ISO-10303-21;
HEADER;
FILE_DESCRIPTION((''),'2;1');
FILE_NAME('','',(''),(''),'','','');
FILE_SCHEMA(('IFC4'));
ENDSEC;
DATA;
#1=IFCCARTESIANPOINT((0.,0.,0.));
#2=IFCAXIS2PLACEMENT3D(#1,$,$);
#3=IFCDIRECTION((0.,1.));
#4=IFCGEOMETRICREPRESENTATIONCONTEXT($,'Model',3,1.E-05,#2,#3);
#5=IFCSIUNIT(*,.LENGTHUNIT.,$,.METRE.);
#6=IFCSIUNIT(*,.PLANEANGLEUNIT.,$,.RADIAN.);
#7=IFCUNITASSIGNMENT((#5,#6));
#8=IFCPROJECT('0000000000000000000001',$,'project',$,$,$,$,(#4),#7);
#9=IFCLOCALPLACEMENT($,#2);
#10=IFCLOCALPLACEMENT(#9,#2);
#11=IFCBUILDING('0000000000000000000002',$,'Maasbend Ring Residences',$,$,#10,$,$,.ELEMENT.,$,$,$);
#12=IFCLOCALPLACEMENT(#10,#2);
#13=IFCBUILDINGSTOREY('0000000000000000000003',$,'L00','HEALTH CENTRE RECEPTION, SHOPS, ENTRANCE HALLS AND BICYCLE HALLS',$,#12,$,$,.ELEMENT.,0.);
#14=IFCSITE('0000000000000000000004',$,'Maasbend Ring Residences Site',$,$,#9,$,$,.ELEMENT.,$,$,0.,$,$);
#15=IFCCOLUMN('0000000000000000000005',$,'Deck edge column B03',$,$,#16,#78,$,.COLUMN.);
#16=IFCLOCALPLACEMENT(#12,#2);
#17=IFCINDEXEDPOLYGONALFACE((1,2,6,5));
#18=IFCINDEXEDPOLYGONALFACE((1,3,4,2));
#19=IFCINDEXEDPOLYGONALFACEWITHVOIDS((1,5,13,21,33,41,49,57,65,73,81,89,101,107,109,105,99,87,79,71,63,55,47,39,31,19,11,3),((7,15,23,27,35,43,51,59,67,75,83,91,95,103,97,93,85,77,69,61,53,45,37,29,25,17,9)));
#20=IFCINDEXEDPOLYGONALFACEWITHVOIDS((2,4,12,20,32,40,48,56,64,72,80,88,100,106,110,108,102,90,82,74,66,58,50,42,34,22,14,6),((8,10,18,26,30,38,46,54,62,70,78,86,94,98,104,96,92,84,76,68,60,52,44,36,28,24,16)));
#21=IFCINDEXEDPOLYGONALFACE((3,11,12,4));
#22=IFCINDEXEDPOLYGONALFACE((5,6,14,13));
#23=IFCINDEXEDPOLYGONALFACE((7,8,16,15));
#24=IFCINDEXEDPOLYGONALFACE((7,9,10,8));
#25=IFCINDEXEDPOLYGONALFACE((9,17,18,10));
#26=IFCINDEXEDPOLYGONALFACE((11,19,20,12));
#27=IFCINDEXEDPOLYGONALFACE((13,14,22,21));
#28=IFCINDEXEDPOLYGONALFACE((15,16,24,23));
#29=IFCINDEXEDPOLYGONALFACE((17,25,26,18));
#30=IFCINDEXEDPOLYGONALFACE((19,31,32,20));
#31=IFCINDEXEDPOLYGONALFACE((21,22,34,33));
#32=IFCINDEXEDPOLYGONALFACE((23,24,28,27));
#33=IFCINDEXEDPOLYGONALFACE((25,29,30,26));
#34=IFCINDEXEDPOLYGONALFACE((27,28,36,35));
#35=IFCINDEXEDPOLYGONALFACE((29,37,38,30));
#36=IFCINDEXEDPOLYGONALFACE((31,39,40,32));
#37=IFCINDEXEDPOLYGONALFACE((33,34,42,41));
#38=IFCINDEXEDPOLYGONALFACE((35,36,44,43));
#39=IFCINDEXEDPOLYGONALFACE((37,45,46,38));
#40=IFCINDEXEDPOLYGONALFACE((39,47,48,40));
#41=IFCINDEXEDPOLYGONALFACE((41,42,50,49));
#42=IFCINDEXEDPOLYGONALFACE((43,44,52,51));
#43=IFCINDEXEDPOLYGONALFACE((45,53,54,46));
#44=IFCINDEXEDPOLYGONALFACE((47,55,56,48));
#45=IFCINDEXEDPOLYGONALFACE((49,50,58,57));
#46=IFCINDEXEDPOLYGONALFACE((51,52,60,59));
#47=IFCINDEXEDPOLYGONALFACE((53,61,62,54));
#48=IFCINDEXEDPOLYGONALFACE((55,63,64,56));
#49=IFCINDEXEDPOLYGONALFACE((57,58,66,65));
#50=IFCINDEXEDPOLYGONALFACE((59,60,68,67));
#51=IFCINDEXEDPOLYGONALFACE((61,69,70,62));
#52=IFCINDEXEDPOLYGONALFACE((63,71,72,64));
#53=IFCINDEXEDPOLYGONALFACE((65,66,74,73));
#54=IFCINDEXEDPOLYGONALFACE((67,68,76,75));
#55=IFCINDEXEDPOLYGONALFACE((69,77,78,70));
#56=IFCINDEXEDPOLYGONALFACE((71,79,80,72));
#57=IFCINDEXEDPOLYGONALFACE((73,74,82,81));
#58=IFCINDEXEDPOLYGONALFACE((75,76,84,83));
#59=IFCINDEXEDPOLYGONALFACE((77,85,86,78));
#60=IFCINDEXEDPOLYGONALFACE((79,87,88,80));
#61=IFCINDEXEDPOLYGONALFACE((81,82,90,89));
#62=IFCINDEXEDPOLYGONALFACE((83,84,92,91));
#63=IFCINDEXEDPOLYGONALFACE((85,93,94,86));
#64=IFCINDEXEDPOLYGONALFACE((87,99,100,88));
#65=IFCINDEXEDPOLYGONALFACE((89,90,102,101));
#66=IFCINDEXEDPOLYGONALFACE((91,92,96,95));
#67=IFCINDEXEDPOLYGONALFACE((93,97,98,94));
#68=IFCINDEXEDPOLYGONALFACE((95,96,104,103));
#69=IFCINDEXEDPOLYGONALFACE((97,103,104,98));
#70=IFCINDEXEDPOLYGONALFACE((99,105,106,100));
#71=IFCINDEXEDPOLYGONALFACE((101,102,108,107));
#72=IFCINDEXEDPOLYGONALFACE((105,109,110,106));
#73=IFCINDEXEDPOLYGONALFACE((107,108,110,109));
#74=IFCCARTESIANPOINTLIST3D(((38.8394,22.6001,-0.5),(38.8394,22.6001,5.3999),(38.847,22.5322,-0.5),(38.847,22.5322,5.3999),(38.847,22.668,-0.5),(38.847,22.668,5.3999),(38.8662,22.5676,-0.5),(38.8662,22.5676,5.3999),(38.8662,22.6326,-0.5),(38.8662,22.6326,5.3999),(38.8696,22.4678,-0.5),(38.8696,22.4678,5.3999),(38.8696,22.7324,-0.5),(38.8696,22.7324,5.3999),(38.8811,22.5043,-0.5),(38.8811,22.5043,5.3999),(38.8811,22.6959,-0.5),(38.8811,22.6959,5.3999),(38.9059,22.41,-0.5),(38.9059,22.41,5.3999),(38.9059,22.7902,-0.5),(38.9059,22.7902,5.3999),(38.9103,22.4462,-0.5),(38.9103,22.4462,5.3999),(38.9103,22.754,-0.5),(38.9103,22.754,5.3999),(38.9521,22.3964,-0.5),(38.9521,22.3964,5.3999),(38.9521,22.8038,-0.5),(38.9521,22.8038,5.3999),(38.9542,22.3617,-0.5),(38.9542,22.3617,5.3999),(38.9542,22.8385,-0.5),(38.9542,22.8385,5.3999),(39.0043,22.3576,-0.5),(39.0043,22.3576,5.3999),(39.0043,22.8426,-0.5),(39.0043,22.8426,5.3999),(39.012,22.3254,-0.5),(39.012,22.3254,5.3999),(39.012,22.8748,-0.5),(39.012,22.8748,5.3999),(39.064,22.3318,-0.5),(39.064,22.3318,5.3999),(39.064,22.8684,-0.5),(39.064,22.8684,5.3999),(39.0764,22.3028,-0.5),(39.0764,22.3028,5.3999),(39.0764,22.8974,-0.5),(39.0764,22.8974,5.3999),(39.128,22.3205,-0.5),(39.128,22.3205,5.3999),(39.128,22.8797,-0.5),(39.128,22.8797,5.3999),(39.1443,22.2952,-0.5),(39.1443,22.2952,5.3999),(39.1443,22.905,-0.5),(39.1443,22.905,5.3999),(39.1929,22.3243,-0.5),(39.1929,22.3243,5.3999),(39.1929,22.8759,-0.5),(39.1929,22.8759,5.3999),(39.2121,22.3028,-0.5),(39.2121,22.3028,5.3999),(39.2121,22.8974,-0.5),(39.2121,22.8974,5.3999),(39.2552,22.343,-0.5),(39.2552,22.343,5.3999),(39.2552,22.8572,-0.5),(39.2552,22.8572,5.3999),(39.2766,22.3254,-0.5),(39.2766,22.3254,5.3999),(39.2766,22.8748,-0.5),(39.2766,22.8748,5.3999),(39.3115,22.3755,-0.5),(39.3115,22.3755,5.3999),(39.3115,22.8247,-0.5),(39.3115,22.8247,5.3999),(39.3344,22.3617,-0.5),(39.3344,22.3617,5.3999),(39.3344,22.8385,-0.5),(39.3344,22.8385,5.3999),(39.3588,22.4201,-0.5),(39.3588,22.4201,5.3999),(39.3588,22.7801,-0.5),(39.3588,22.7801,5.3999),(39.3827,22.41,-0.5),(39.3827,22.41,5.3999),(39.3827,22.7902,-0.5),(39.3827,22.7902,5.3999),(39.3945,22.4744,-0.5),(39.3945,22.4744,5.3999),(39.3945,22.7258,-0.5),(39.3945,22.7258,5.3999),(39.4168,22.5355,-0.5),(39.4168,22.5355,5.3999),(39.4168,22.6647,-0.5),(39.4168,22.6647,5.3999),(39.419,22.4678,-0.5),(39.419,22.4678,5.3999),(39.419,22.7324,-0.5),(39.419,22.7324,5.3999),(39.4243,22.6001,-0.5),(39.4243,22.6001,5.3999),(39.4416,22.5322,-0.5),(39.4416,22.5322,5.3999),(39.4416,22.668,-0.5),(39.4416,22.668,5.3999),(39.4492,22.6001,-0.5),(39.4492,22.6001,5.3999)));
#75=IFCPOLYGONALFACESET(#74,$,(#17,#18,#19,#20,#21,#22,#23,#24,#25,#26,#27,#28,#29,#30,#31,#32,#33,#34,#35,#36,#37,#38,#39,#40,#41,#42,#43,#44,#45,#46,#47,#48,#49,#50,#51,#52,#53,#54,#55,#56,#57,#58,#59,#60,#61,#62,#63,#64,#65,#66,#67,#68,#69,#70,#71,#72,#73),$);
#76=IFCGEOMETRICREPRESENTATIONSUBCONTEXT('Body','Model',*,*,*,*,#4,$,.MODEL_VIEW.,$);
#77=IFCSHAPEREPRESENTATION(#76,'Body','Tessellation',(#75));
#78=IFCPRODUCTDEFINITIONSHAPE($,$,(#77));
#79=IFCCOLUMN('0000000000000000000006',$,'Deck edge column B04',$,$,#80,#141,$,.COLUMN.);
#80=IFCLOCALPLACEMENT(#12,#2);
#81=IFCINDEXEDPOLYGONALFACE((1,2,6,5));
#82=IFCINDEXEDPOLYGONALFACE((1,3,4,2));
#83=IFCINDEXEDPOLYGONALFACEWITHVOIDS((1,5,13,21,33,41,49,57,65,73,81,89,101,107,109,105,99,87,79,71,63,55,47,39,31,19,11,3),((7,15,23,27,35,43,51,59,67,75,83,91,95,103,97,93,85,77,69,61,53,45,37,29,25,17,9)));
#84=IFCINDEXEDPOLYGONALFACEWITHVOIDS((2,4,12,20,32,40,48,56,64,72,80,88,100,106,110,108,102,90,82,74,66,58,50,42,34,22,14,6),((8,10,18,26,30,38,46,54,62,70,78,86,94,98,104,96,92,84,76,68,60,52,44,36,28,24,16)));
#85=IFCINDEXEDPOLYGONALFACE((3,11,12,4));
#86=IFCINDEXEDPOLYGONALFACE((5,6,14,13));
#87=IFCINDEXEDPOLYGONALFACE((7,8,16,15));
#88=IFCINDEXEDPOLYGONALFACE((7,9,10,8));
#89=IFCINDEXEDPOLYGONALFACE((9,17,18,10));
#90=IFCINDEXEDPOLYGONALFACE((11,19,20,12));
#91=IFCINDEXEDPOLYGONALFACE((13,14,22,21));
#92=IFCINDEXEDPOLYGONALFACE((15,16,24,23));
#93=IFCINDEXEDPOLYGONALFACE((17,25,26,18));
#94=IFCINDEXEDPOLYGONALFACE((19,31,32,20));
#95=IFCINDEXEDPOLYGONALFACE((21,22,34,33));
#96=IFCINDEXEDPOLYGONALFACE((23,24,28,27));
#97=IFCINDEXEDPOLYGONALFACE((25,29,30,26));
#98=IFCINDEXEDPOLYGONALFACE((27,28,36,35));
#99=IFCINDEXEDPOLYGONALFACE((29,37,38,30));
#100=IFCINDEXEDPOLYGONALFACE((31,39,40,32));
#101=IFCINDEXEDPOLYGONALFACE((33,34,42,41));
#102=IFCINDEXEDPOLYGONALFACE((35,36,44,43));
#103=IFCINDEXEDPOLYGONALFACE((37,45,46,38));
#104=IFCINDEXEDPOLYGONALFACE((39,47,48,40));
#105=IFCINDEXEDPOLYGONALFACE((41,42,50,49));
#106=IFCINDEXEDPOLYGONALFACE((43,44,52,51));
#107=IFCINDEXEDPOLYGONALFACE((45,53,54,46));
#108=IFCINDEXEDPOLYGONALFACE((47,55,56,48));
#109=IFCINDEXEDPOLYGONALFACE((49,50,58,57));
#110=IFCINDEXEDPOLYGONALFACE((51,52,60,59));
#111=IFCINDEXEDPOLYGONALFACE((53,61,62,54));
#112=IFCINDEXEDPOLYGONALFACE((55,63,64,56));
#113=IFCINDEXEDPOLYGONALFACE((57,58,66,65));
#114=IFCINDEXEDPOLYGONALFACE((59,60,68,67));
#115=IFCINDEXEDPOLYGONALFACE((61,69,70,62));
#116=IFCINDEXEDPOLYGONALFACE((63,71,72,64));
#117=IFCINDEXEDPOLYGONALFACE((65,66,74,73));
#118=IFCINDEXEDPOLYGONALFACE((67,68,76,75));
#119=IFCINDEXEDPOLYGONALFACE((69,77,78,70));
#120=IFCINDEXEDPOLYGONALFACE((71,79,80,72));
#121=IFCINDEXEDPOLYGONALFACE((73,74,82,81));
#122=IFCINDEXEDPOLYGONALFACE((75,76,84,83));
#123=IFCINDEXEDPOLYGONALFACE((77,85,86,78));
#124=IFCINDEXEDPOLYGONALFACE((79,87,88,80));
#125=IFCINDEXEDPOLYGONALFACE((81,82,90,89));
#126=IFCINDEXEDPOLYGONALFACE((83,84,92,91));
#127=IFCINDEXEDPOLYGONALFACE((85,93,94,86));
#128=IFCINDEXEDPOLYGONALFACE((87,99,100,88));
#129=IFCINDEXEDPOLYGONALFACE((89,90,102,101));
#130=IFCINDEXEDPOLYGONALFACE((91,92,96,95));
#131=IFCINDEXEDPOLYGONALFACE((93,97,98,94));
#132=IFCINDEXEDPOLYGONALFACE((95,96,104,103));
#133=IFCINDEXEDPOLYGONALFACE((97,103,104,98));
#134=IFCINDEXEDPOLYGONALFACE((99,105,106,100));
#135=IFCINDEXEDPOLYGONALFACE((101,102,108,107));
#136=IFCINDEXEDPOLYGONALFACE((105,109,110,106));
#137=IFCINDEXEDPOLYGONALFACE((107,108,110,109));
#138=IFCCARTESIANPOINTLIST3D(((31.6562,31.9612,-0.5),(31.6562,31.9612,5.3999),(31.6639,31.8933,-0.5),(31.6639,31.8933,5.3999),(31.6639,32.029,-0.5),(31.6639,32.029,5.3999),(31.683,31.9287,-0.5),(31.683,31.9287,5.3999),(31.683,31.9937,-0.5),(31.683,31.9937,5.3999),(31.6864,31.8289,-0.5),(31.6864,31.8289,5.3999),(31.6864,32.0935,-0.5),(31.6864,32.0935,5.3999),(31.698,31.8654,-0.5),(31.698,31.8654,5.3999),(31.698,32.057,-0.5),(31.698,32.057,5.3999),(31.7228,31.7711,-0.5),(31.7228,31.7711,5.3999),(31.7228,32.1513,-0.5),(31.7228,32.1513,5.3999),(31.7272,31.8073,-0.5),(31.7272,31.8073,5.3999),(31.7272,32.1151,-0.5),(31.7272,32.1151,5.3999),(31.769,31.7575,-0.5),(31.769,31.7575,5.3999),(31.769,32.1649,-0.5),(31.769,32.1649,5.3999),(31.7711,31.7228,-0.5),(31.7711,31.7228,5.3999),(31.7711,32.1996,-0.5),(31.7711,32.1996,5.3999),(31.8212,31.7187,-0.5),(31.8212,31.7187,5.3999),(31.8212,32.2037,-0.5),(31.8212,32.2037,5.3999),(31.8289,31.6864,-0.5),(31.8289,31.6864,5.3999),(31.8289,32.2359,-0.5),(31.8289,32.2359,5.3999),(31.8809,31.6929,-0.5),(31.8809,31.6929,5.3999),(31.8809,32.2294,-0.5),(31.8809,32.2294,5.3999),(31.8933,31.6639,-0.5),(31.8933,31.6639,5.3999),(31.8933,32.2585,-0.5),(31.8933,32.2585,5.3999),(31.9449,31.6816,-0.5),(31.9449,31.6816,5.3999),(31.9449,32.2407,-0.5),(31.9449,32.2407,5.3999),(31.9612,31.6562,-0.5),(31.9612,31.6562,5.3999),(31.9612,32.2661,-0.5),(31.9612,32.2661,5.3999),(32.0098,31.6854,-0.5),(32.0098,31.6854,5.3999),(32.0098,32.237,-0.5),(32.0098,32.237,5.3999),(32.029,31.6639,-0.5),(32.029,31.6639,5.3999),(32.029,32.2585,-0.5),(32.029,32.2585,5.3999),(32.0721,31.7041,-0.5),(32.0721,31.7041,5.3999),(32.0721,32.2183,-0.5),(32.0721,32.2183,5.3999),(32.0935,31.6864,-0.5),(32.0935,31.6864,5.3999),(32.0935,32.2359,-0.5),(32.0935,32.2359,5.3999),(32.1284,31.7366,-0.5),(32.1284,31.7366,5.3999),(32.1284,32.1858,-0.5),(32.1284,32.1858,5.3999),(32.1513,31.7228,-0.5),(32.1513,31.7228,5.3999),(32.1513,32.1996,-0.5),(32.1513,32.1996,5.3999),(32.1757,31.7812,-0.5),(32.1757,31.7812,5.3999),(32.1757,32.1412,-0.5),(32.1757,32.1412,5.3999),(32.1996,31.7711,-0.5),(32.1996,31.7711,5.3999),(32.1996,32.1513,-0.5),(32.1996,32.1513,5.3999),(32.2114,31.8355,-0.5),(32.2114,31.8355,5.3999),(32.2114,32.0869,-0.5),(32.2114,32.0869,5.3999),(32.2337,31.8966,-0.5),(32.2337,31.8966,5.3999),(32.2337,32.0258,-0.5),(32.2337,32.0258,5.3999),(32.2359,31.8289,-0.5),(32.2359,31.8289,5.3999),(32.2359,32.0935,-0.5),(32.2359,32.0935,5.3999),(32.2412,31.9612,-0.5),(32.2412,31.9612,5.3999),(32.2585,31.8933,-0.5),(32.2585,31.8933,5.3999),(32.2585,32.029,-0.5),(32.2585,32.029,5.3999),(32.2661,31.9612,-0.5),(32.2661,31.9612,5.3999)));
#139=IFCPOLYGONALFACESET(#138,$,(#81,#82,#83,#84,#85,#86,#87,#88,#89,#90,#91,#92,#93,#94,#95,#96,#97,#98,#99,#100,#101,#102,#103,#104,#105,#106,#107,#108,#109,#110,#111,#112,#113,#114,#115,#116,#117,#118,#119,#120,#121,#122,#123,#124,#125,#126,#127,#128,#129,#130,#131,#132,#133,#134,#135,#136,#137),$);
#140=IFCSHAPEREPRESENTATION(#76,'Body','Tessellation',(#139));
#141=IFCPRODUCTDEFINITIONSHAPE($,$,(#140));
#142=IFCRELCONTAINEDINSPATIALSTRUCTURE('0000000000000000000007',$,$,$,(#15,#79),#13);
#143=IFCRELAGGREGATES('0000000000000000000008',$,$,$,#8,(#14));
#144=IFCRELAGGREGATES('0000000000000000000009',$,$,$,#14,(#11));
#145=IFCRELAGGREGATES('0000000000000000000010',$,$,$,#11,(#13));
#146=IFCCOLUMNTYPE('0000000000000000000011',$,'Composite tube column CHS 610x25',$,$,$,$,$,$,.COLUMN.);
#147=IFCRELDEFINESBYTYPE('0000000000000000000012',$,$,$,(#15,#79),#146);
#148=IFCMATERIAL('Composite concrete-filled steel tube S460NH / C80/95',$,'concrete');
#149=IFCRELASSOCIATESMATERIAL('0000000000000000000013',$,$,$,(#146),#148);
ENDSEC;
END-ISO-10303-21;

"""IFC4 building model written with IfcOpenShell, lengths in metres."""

from ifc_helpers import new_model, si_unit, direction, frame, origin, origin_2d, place, context, subcontext, project, spatial, hollow_circle, extrude, material, material_profile, profile_set, type_object, element, save


model = new_model("IFC4")

# Units and contexts
model_context = context("Model", 3, precision=1e-05, world=origin(), true_north=direction((0.0, 1.0)))
body_context = subcontext(model_context, "Body", "Model", "MODEL_VIEW")
ifc_project = project(units=[si_unit("LENGTHUNIT", "METRE"), si_unit("PLANEANGLEUNIT", "RADIAN")], contexts=[model_context])

# Site, building, storey
site_placement = place(None, origin())
site = spatial("IfcSite", under=ifc_project, at=site_placement, Name="Maasbend Ring Residences Site", CompositionType="ELEMENT", RefElevation=0.0)
building_placement = place(site_placement, origin())
building = spatial("IfcBuilding", under=site, at=building_placement, Name="Maasbend Ring Residences", CompositionType="ELEMENT")
storey_placement = place(building_placement, origin())
storey = spatial("IfcBuildingStorey", under=building, at=storey_placement, Name="L00", Description="HEALTH CENTRE RECEPTION, SHOPS, ENTRANCE HALLS AND BICYCLE HALLS", CompositionType="ELEMENT", Elevation=0.0)

# Columns
ifc_material_1 = material(Name="Composite concrete-filled steel tube S460NH / C80/95", Category="concrete")
ifc_material_profile_1 = material_profile(ifc_material_1, hollow_circle(Radius=0.3049, WallThickness=0.0249, at=origin_2d()), Name="Composite tube column CHS 610x25")
ifc_profile_set_1 = profile_set([ifc_material_profile_1], Name="Composite concrete-filled steel tube S460NH / C80/95")
column_type_1 = type_object("IfcColumnType", Name="Composite tube column CHS 610x25", PredefinedType="COLUMN", material=ifc_profile_set_1)
for number, where, z_axis, x_axis, name in (
    (1, (39.1443, 22.6001, -0.5), (0.0, 0.0, 1.0), (1.0, 0.0, 0.0), "Deck edge column B03"),
    (2, (31.9612, 31.9612, -0.5), (0.0, 0.0, 1.0), (1.0, 0.0, 0.0), "Deck edge column B04"),
):
    element("IfcColumn", number, at=place(storey_placement, frame(where, z_axis=z_axis, x_axis=x_axis)), inside=storey, type_object=column_type_1, Name=name, PredefinedType="COLUMN", context=body_context, shape_type="SweptSolid", body=[
        extrude(hollow_circle(Radius=0.3049, WallThickness=0.0249, at=origin_2d()), origin(), (0.0, 0.0, 1.0), 5.8999),
    ])

save(model, "model.ifc")
